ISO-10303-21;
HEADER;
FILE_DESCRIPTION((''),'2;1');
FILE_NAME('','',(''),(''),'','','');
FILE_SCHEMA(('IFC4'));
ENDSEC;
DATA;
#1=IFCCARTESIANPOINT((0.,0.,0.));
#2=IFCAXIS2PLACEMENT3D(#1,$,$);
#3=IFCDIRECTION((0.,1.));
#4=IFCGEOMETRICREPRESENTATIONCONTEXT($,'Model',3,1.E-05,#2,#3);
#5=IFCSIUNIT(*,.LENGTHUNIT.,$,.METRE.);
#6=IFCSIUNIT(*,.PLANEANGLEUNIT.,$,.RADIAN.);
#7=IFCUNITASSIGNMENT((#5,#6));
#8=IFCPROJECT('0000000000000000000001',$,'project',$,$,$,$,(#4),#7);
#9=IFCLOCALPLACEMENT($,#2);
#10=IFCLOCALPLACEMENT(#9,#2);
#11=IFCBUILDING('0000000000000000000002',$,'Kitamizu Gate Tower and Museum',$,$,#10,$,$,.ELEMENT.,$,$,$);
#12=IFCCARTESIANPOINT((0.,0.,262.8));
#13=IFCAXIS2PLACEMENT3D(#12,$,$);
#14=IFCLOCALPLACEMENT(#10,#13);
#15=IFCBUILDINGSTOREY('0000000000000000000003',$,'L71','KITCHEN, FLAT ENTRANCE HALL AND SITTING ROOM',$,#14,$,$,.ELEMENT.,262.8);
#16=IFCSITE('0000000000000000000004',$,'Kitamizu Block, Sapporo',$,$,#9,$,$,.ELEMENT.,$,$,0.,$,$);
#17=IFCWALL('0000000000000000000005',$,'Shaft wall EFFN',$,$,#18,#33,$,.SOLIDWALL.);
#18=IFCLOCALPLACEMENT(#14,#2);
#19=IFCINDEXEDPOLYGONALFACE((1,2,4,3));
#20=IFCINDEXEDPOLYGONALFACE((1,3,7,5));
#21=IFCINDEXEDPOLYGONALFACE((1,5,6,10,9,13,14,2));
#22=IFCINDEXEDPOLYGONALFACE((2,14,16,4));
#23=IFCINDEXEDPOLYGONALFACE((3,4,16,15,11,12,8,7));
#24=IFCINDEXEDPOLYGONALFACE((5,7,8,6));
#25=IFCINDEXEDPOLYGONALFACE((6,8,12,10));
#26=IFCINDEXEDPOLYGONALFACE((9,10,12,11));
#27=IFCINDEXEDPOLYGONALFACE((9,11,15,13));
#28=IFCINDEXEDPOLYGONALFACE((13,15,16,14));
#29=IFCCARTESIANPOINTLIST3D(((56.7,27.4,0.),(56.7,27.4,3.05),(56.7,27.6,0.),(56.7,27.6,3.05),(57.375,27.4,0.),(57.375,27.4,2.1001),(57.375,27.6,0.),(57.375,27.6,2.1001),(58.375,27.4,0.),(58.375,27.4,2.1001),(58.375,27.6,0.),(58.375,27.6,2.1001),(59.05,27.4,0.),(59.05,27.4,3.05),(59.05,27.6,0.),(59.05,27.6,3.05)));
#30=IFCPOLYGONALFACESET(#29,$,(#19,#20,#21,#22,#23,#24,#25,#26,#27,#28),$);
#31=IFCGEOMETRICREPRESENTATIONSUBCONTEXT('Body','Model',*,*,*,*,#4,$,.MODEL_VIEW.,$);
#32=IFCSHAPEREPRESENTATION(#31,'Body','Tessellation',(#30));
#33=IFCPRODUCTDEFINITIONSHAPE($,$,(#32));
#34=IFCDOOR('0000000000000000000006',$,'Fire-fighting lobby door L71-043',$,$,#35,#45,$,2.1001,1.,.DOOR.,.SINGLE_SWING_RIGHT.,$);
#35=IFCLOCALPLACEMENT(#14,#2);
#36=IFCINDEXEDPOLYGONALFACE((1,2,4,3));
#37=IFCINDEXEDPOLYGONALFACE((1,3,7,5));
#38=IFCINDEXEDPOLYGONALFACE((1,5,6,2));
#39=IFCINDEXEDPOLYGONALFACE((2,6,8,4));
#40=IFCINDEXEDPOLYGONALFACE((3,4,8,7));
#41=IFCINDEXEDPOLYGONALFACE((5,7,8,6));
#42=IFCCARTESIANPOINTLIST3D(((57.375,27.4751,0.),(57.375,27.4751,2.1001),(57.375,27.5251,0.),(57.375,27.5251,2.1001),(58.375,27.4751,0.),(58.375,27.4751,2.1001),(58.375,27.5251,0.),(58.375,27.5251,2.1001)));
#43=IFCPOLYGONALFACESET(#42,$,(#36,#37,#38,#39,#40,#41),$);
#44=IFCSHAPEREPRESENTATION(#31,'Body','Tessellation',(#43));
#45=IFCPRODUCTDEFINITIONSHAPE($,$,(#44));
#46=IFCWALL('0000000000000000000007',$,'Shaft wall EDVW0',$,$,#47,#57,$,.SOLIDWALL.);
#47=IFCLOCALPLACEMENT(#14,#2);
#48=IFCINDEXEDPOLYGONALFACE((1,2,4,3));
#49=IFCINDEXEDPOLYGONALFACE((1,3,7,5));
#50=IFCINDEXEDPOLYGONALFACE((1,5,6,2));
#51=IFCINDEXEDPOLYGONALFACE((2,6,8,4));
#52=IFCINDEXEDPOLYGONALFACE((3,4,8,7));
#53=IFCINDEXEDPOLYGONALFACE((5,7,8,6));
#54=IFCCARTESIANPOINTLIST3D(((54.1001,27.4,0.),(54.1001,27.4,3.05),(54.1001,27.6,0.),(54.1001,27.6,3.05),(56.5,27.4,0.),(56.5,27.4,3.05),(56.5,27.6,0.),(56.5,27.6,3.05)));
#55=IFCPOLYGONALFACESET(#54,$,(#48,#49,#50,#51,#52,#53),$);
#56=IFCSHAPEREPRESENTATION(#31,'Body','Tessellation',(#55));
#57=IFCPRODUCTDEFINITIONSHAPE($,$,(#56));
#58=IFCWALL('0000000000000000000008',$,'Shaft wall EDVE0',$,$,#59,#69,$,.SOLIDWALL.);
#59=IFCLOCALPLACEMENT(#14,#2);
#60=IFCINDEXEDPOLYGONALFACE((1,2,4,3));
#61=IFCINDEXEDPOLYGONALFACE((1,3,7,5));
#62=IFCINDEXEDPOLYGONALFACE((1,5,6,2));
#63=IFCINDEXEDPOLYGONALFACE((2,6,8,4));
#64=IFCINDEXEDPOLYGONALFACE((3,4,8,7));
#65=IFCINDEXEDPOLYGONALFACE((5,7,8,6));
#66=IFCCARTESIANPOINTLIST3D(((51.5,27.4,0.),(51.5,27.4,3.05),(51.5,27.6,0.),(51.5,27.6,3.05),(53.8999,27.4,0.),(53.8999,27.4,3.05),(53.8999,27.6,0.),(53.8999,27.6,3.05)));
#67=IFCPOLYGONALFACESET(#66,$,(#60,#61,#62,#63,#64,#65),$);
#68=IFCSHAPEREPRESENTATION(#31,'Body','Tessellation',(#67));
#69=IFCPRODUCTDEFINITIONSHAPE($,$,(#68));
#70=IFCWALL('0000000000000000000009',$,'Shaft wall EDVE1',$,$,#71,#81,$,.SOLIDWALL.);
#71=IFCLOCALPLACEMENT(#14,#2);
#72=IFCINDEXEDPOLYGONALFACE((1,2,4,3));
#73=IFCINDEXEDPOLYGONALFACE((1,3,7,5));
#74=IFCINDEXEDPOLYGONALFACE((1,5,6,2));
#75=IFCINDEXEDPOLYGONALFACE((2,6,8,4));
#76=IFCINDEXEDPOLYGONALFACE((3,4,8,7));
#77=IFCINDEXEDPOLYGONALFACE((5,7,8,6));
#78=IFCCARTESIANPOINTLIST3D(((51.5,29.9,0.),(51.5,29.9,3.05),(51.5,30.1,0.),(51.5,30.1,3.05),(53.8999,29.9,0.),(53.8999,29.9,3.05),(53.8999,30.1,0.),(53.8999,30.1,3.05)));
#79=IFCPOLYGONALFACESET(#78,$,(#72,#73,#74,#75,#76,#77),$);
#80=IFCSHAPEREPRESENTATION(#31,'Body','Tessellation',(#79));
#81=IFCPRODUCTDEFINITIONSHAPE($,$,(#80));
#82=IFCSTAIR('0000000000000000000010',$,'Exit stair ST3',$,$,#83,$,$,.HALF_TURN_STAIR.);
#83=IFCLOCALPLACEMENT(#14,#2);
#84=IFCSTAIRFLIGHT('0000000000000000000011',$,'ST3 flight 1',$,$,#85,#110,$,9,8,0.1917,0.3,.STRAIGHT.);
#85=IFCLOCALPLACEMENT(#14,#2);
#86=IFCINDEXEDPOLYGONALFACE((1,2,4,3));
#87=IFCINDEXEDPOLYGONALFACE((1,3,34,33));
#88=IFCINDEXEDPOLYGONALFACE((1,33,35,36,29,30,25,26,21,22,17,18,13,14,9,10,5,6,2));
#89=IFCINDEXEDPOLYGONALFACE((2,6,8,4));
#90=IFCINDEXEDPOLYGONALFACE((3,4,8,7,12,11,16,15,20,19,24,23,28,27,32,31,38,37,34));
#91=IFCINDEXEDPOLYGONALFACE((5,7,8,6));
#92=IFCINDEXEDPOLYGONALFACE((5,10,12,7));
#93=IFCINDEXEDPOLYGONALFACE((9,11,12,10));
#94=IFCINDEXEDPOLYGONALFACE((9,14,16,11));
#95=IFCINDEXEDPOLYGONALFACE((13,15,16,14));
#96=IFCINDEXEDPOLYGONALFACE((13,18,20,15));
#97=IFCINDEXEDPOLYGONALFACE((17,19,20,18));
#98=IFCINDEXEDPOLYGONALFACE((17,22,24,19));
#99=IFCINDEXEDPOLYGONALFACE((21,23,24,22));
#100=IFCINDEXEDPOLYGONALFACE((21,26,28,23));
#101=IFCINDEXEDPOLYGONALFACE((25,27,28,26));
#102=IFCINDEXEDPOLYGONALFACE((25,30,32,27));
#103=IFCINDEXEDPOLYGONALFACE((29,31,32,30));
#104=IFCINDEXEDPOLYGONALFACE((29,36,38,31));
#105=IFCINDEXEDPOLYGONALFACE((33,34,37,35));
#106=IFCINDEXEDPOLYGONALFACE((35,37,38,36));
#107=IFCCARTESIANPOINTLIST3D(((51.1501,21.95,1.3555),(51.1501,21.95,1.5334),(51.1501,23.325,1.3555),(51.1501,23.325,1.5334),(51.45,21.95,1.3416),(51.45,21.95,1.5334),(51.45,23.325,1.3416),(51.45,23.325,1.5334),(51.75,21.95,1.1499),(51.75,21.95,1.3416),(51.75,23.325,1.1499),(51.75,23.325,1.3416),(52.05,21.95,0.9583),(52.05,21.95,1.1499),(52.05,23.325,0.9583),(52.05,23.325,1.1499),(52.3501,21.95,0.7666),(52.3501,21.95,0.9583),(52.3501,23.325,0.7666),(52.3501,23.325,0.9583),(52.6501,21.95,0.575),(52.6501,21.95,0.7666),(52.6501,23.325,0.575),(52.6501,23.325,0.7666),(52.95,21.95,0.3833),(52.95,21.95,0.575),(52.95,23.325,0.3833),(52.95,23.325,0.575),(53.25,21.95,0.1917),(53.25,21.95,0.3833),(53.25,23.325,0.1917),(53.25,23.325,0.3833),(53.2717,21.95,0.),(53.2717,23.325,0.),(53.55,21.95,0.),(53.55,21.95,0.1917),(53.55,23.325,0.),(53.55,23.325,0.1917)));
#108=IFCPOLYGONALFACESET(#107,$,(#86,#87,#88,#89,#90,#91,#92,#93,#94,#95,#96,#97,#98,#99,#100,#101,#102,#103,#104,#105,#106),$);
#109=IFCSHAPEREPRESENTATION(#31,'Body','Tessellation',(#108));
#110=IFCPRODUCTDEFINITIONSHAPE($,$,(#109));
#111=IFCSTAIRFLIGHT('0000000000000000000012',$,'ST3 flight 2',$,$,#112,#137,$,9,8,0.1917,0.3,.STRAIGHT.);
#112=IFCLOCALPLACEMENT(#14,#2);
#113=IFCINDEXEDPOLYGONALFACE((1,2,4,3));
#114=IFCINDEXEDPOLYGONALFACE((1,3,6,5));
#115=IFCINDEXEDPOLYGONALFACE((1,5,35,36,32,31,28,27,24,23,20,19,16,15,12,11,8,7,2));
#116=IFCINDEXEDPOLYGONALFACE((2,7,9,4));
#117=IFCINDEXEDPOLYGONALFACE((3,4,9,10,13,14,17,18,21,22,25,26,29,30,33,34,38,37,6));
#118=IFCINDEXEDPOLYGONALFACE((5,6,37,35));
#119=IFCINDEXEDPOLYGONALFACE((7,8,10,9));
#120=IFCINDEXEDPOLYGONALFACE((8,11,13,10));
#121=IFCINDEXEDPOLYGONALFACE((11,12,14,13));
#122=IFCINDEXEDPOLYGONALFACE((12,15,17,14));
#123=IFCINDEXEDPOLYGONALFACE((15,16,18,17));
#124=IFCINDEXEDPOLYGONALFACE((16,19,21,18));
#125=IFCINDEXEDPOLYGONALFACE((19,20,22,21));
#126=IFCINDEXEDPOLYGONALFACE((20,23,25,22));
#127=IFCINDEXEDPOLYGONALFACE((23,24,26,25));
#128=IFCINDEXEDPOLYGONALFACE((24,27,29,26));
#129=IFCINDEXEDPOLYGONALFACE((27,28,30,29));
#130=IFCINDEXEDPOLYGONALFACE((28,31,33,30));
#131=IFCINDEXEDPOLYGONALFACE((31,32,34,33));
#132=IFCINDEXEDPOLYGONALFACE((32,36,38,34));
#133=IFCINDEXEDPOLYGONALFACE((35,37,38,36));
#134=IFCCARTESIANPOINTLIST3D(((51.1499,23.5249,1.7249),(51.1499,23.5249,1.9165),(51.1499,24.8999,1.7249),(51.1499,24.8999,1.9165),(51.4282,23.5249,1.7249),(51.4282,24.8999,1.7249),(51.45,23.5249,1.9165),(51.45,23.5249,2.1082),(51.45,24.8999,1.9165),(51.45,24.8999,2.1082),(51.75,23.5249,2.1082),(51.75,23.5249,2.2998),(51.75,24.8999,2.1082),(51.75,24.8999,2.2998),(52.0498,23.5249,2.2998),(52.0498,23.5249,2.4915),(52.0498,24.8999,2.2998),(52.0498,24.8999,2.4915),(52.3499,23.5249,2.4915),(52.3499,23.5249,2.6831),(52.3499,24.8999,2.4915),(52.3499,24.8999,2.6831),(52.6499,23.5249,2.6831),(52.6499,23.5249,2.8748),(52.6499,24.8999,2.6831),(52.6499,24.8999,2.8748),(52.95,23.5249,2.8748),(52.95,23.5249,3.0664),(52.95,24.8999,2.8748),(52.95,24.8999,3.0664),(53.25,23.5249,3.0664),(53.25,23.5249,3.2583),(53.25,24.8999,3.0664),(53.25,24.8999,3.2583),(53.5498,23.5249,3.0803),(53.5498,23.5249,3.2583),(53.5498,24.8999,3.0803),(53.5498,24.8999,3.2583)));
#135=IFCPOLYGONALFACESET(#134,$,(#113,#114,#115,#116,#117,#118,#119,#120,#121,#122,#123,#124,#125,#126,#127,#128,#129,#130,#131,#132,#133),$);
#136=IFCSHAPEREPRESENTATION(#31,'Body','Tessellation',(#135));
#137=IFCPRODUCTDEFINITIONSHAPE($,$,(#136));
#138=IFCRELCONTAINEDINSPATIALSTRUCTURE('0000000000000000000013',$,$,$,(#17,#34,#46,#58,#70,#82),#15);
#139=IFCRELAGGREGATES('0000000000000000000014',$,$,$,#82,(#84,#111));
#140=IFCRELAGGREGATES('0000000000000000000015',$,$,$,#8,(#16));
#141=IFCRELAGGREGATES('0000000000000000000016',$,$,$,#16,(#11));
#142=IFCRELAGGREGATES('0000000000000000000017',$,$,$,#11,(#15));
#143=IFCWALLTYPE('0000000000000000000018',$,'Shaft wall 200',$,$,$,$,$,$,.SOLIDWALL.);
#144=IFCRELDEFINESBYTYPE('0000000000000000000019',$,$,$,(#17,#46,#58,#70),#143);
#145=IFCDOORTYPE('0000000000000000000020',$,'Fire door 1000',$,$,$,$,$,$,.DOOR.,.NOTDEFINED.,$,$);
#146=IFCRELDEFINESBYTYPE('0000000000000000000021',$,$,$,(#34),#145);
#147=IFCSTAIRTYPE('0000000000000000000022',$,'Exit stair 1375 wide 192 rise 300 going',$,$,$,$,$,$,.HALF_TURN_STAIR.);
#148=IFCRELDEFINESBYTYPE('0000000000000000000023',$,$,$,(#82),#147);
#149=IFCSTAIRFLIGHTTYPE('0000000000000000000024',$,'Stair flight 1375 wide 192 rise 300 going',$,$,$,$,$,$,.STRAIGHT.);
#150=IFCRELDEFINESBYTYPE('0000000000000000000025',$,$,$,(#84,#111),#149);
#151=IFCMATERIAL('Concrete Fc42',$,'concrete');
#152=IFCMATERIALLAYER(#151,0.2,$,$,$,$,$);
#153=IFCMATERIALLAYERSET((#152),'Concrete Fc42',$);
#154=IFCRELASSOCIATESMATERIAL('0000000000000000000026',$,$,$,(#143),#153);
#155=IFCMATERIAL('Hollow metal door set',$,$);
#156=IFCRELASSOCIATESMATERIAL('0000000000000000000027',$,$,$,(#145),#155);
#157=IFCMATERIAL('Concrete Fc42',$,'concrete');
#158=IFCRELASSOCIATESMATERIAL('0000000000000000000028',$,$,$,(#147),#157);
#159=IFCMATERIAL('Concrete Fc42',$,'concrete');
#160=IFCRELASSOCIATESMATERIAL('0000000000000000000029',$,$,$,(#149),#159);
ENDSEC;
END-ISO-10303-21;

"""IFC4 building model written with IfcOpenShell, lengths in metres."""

from ifc_helpers import new_model, si_unit, direction, frame, frame_2d, origin, place, context, subcontext, project, spatial, polyline, rectangle, outline, extrude, material, layer, layer_set, type_object, element, fill, aggregate, save


model = new_model("IFC4")

# Units and contexts
model_context = context("Model", 3, precision=1e-05, world=origin(), true_north=direction((0.0, 1.0)))
body_context = subcontext(model_context, "Body", "Model", "MODEL_VIEW")
ifc_project = project(units=[si_unit("LENGTHUNIT", "METRE"), si_unit("PLANEANGLEUNIT", "RADIAN")], contexts=[model_context])

# Site, building, storey
site_placement = place(None, origin())
site = spatial("IfcSite", under=ifc_project, at=site_placement, Name="Kitamizu Block, Sapporo", CompositionType="ELEMENT", RefElevation=0.0)
building_placement = place(site_placement, origin())
building = spatial("IfcBuilding", under=site, at=building_placement, Name="Kitamizu Gate Tower and Museum", CompositionType="ELEMENT")
storey_placement = place(building_placement, frame((0.0, 0.0, 262.8)))
storey = spatial("IfcBuildingStorey", under=building, at=storey_placement, Name="L71", Description="KITCHEN, FLAT ENTRANCE HALL AND SITTING ROOM", CompositionType="ELEMENT", Elevation=262.8)

# Shared definitions
ifc_material_1 = material(Name="Concrete Fc42", Category="concrete")
ifc_layer_1 = layer(ifc_material_1, 0.2)
ifc_layer_set_1 = layer_set([ifc_layer_1], Name="Concrete Fc42")
wall_type_1 = type_object("IfcWallType", Name="Shaft wall 200", PredefinedType="SOLIDWALL", material=ifc_layer_set_1)
ifc_material_2 = material(Name="Hollow metal door set")
door_type_1 = type_object("IfcDoorType", Name="Fire door 1000", OperationType="NOTDEFINED", PredefinedType="DOOR", material=ifc_material_2)

# Wall, opening, door
wall_1_placement = place(storey_placement, frame((59.05, 27.5, 0.0), z_axis=(0.0, 0.0, 1.0), x_axis=(-1.0, 0.0, 0.0)))
wall_1 = element("IfcWall", 1, at=wall_1_placement, inside=storey, type_object=wall_type_1, Name="Shaft wall EFFN", PredefinedType="SOLIDWALL", context=body_context, shape_type="SweptSolid", body=[
    extrude(rectangle(XDim=2.3501, YDim=0.2, at=frame_2d((1.175, 0.0))), origin(), (0.0, 0.0, 1.0), 3.05),
])
opening_1_placement = place(wall_1_placement, frame((0.675, 0.0, 0.0)))
opening_1 = element("IfcOpeningElement", 2, at=opening_1_placement, cuts=wall_1, PredefinedType="OPENING", context=body_context, shape_type="SweptSolid", body=[
    extrude(rectangle(XDim=1.0, YDim=2.1001, at=frame_2d((0.5, 1.05))), frame((0.0, 0.1099, 0.0), z_axis=(0.0, -1.0, 0.0), x_axis=(1.0, 0.0, 0.0)), (0.0, 0.0, 1.0), 0.22),
])
door_1_placement = place(opening_1_placement, origin())
door_1 = element("IfcDoor", 3, at=door_1_placement, inside=storey, type_object=door_type_1, Name="Fire-fighting lobby door L71-043", OperationType="SINGLE_SWING_RIGHT", OverallHeight=2.1001, OverallWidth=1.0, PredefinedType="DOOR", context=body_context, shape_type="SweptSolid", body=[
    extrude(rectangle(XDim=1.0, YDim=2.1001, at=frame_2d((0.5, 1.05))), frame((0.0, 0.0249, 0.0), z_axis=(0.0, -1.0, 0.0), x_axis=(1.0, 0.0, 0.0)), (0.0, 0.0, 1.0), 0.05),
])
fill(opening_1, door_1)

# Walls
for number, where, z_axis, x_axis, name in (
    (4, (56.5, 27.5, 0.0), (0.0, 0.0, 1.0), (-1.0, 0.0, 0.0), "Shaft wall EDVW0"),
    (5, (53.8999, 27.5, 0.0), (0.0, 0.0, 1.0), (-1.0, 0.0, 0.0), "Shaft wall EDVE0"),
    (6, (53.8999, 30.0, 0.0), (0.0, 0.0, 1.0), (-1.0, 0.0, 0.0), "Shaft wall EDVE1"),
):
    element("IfcWall", number, at=place(storey_placement, frame(where, z_axis=z_axis, x_axis=x_axis)), inside=storey, type_object=wall_type_1, Name=name, PredefinedType="SOLIDWALL", context=body_context, shape_type="SweptSolid", body=[
        extrude(rectangle(XDim=2.3999, YDim=0.2, at=frame_2d((1.2, 0.0))), origin(), (0.0, 0.0, 1.0), 3.05),
    ])

# Stair, stair flights
ifc_material_3 = material(Name="Concrete Fc42", Category="concrete")
stair_type = type_object("IfcStairType", Name="Exit stair 1375 wide 192 rise 300 going", PredefinedType="HALF_TURN_STAIR", material=ifc_material_3)
stair_placement = place(storey_placement, origin())
stair = element("IfcStair", 7, at=stair_placement, inside=storey, type_object=stair_type, Name="Exit stair ST3", PredefinedType="HALF_TURN_STAIR")
ifc_material_4 = material(Name="Concrete Fc42", Category="concrete")
stair_flight_type = type_object("IfcStairFlightType", Name="Stair flight 1375 wide 192 rise 300 going", PredefinedType="STRAIGHT", material=ifc_material_4)
stair_flight_1_placement = place(storey_placement, frame((53.55, 22.6375, 0.0), z_axis=(0.0, 0.0, 1.0), x_axis=(-1.0, 0.0, 0.0)))
stair_flight_1 = element("IfcStairFlight", 8, at=stair_flight_1_placement, type_object=stair_flight_type, Name="ST3 flight 1", NumberOfRisers=9, NumberOfTreads=8, PredefinedType="STRAIGHT", RiserHeight=0.1917, TreadLength=0.3, context=body_context, shape_type="SweptSolid", body=[
    extrude(outline(polyline([(0.0, 0.0), (0.0, 0.1917), (0.3, 0.1917), (0.3, 0.3833), (0.6001, 0.3833), (0.6001, 0.575), (0.8999, 0.575), (0.8999, 0.7666), (1.2, 0.7666), (1.2, 0.9583), (1.5, 0.9583), (1.5, 1.1499), (1.8, 1.1499), (1.8, 1.3416), (2.1001, 1.3416), (2.1001, 1.5334), (2.3999, 1.5334), (2.3999, 1.7251), (2.3999, 1.3555), (0.2783, 0.0), (0.0, 0.0)])), frame((0.0, 0.6875, 0.0), z_axis=(0.0, -1.0, 0.0), x_axis=(1.0, 0.0, 0.0)), (0.0, 0.0, 1.0), 1.375),
])
stair_flight_2_placement = place(storey_placement, frame((51.1499, 24.2124, 1.7249), z_axis=(0.0, 0.0, 1.0), x_axis=(1.0, 0.0, 0.0)))
stair_flight_2 = element("IfcStairFlight", 9, at=stair_flight_2_placement, type_object=stair_flight_type, Name="ST3 flight 2", NumberOfRisers=9, NumberOfTreads=8, PredefinedType="STRAIGHT", RiserHeight=0.1917, TreadLength=0.3, context=body_context, shape_type="SweptSolid", body=[
    extrude(outline(polyline([(0.0, 0.0), (0.0, 0.1917), (0.3, 0.1917), (0.3, 0.3833), (0.6001, 0.3833), (0.6001, 0.575), (0.8999, 0.575), (0.8999, 0.7666), (1.2, 0.7666), (1.2, 0.9583), (1.5, 0.9583), (1.5, 1.1499), (1.8, 1.1499), (1.8, 1.3416), (2.1001, 1.3416), (2.1001, 1.5334), (2.3999, 1.5334), (2.3999, 1.7251), (2.3999, 1.3555), (0.2783, 0.0), (0.0, 0.0)])), frame((0.0, 0.6875, 0.0), z_axis=(0.0, -1.0, 0.0), x_axis=(1.0, 0.0, 0.0)), (0.0, 0.0, 1.0), 1.375),
])
aggregate(stair, [stair_flight_1, stair_flight_2])

save(model, "model.ifc")
